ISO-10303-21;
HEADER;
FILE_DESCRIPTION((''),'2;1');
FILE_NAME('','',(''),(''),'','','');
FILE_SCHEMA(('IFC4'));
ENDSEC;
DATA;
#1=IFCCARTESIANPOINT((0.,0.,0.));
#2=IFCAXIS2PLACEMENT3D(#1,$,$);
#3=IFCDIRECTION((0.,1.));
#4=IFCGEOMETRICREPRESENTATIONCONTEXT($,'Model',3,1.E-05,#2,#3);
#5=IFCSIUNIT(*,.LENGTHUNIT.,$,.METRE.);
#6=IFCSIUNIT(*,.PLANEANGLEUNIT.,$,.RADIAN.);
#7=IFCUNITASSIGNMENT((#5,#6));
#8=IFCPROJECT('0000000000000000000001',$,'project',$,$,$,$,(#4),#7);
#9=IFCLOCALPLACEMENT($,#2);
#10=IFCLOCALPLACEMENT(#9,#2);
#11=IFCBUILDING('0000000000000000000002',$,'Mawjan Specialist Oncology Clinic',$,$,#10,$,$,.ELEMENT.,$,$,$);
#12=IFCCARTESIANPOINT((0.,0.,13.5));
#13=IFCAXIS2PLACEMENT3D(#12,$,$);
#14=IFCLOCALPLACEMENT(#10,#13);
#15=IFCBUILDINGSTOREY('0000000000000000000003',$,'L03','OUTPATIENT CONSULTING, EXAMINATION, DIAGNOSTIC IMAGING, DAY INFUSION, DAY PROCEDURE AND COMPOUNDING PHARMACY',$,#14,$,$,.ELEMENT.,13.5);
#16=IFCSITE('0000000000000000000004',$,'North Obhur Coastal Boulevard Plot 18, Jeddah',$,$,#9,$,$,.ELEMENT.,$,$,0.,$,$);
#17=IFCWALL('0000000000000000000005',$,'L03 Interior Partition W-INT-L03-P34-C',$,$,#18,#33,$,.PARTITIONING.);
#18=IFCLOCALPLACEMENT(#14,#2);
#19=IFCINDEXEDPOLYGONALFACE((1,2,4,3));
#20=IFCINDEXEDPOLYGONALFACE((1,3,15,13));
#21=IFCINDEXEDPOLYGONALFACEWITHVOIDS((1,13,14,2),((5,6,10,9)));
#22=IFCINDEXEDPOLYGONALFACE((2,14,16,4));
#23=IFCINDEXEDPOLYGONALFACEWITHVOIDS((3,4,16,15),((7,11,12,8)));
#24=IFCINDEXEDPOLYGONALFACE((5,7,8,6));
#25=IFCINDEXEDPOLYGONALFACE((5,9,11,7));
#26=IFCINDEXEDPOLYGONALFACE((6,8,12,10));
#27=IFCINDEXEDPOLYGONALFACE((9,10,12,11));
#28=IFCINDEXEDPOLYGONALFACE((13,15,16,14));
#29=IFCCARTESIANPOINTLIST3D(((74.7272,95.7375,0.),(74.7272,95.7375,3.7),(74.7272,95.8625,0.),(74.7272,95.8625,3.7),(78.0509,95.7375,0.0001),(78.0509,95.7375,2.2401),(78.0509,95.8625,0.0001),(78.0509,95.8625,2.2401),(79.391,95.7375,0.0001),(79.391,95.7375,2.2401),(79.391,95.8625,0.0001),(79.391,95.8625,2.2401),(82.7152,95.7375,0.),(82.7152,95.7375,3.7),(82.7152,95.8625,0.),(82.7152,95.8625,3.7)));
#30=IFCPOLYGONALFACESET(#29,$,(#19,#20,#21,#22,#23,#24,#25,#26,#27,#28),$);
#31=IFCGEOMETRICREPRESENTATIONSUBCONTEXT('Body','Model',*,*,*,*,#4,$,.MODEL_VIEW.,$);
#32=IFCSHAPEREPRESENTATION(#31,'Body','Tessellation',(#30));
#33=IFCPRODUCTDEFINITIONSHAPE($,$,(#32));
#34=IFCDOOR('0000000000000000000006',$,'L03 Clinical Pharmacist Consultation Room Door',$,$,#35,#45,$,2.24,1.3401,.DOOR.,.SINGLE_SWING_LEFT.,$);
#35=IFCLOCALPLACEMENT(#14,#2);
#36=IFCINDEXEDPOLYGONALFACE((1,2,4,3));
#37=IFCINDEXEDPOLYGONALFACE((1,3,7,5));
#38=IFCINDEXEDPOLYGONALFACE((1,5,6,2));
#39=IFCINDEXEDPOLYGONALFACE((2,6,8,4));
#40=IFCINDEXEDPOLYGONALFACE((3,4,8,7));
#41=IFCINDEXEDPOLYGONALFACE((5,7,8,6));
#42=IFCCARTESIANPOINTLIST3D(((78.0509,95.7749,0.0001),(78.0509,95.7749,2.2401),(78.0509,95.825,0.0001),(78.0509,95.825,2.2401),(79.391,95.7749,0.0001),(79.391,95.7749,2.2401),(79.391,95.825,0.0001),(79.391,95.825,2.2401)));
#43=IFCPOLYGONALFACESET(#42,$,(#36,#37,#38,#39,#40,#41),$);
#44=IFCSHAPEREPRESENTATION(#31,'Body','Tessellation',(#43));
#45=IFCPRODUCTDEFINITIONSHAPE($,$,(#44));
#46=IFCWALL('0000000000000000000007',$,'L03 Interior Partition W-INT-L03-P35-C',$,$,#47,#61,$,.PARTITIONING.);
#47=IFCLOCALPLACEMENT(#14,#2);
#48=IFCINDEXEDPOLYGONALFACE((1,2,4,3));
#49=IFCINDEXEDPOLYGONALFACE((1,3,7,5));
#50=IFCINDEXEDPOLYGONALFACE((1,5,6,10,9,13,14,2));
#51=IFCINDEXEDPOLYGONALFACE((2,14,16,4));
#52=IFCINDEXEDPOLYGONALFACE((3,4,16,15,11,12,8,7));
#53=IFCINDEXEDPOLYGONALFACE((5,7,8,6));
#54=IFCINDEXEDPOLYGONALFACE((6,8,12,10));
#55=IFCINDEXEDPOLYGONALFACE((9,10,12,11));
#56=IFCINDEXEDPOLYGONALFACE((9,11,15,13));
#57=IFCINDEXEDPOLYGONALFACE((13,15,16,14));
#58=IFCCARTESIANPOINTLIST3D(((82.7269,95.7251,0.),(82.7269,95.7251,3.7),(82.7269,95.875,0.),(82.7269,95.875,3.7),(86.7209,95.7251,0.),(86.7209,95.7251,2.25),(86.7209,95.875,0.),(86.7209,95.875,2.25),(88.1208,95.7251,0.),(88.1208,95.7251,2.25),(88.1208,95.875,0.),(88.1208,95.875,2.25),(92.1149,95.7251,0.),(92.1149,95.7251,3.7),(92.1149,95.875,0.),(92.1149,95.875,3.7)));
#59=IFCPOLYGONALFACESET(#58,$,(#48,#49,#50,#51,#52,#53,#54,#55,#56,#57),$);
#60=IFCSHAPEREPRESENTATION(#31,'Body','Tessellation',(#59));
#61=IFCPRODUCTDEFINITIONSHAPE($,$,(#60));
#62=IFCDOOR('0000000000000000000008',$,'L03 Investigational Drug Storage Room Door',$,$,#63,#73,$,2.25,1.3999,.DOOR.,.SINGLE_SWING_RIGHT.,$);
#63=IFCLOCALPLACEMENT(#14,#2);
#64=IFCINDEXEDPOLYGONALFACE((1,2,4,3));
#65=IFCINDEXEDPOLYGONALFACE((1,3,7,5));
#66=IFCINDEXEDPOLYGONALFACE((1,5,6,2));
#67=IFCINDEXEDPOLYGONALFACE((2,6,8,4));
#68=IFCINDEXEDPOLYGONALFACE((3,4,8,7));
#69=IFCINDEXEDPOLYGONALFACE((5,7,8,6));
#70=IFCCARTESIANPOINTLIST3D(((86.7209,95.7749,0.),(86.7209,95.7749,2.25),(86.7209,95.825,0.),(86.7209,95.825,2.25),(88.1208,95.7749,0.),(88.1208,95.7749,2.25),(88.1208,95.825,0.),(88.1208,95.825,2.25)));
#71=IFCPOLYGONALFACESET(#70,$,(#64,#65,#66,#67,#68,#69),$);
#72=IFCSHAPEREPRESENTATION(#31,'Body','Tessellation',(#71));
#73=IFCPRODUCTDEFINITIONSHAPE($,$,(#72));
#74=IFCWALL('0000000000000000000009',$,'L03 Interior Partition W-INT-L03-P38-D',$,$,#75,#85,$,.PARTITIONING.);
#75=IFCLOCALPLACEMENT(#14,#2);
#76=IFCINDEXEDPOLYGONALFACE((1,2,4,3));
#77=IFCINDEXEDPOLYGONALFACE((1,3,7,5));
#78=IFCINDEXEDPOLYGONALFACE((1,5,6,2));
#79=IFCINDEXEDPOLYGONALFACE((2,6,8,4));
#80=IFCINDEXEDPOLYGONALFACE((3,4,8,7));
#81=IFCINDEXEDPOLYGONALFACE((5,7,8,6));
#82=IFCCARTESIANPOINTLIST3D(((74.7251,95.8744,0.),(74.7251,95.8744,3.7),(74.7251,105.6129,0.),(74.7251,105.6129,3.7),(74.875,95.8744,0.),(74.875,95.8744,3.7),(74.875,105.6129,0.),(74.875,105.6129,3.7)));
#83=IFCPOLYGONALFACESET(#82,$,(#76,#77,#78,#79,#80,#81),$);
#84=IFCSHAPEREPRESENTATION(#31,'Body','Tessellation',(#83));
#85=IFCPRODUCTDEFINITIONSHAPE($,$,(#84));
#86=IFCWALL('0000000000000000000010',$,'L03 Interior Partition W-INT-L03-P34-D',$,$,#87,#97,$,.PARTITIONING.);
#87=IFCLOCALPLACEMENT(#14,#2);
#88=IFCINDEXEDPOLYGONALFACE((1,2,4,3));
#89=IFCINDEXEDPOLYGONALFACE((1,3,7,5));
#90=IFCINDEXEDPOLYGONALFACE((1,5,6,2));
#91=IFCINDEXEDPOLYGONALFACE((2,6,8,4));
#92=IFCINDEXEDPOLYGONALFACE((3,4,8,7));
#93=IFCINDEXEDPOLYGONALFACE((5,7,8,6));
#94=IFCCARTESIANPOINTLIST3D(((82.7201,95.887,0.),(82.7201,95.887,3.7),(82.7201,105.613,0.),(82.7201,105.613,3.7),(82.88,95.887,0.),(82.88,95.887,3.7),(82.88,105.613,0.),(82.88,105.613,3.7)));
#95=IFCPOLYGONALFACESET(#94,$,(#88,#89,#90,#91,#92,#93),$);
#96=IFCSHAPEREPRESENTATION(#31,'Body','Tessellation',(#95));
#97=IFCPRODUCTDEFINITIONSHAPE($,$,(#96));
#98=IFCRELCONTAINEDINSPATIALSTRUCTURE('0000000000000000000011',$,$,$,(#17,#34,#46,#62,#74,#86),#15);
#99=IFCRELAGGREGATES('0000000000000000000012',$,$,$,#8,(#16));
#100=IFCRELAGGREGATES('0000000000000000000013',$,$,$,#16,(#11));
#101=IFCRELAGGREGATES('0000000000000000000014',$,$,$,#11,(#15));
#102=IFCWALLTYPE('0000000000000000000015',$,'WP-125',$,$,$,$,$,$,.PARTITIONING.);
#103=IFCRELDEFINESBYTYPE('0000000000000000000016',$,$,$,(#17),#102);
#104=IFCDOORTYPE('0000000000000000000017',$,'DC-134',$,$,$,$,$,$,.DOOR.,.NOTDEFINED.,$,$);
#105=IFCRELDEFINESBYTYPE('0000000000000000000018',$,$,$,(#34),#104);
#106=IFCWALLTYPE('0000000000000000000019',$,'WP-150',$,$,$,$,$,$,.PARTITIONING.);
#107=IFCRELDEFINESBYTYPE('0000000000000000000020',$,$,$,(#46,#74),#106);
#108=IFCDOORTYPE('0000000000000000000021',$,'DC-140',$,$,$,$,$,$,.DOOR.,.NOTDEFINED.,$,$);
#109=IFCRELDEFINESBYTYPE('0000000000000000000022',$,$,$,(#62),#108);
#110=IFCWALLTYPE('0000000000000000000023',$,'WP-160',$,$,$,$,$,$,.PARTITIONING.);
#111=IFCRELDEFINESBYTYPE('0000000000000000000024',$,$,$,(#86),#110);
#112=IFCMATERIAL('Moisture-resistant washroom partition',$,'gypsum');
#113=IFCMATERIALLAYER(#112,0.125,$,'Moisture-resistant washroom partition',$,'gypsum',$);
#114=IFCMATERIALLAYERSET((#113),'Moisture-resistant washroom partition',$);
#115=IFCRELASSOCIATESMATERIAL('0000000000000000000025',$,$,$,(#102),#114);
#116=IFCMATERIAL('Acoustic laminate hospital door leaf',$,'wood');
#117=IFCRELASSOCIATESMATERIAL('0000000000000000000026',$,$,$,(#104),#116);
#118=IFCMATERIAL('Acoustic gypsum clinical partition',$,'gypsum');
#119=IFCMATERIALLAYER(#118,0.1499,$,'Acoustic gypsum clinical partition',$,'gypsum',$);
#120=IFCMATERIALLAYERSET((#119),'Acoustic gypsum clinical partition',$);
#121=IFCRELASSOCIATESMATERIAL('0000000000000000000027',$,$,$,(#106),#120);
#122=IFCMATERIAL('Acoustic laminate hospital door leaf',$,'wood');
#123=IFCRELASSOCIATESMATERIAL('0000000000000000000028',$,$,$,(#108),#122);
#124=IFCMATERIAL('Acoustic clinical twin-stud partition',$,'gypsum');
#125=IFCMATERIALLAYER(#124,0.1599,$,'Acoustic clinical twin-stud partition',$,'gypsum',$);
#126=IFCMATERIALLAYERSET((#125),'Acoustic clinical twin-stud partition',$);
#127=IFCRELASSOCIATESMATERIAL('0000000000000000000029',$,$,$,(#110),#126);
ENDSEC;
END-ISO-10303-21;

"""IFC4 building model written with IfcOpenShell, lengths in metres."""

from ifc_helpers import new_model, si_unit, direction, frame, frame_2d, origin, place, context, subcontext, project, spatial, rectangle, extrude, material, layer, layer_set, type_object, element, fill, save


model = new_model("IFC4")

# Units and contexts
model_context = context("Model", 3, precision=1e-05, world=origin(), true_north=direction((0.0, 1.0)))
body_context = subcontext(model_context, "Body", "Model", "MODEL_VIEW")
ifc_project = project(units=[si_unit("LENGTHUNIT", "METRE"), si_unit("PLANEANGLEUNIT", "RADIAN")], contexts=[model_context])

# Site, building, storey
site_placement = place(None, origin())
site = spatial("IfcSite", under=ifc_project, at=site_placement, Name="North Obhur Coastal Boulevard Plot 18, Jeddah", CompositionType="ELEMENT", RefElevation=0.0)
building_placement = place(site_placement, origin())
building = spatial("IfcBuilding", under=site, at=building_placement, Name="Mawjan Specialist Oncology Clinic", CompositionType="ELEMENT")
storey_placement = place(building_placement, frame((0.0, 0.0, 13.5)))
storey = spatial("IfcBuildingStorey", under=building, at=storey_placement, Name="L03", Description="OUTPATIENT CONSULTING, EXAMINATION, DIAGNOSTIC IMAGING, DAY INFUSION, DAY PROCEDURE AND COMPOUNDING PHARMACY", CompositionType="ELEMENT", Elevation=13.5)

# Walls, openings, doors
ifc_material_1 = material(Name="Moisture-resistant washroom partition", Category="gypsum")
ifc_layer_1 = layer(ifc_material_1, 0.125, Name="Moisture-resistant washroom partition", Category="gypsum")
ifc_layer_set_1 = layer_set([ifc_layer_1], Name="Moisture-resistant washroom partition")
wall_type_1 = type_object("IfcWallType", Name="WP-125", PredefinedType="PARTITIONING", material=ifc_layer_set_1)
wall_1_placement = place(storey_placement, frame((74.7271, 95.8, 0.0), z_axis=(0.0, 0.0, 1.0), x_axis=(1.0, 0.0, 0.0)))
wall_1 = element("IfcWall", 1, at=wall_1_placement, inside=storey, type_object=wall_type_1, Name="L03 Interior Partition W-INT-L03-P34-C", PredefinedType="PARTITIONING", context=body_context, shape_type="SweptSolid", body=[
    extrude(rectangle(XDim=7.988, YDim=0.125, at=frame_2d((3.9941, 0.0))), origin(), (0.0, 0.0, 1.0), 3.7),
])
opening_1_placement = place(wall_1_placement, frame((3.324, 0.0, 0.0)))
opening_1 = element("IfcOpeningElement", 2, at=opening_1_placement, cuts=wall_1, PredefinedType="OPENING", context=body_context, shape_type="SweptSolid", body=[
    extrude(rectangle(XDim=1.3401, YDim=2.24, at=frame_2d((0.6699, 1.1201))), frame((0.0, 0.0745, 0.0), z_axis=(0.0, -1.0, 0.0), x_axis=(1.0, 0.0, 0.0)), (0.0, 0.0, 1.0), 0.1489),
])
ifc_material_2 = material(Name="Acoustic laminate hospital door leaf", Category="wood")
door_type_1 = type_object("IfcDoorType", Name="DC-134", OperationType="NOTDEFINED", PredefinedType="DOOR", material=ifc_material_2)
door_1_placement = place(opening_1_placement, origin())
door_1 = element("IfcDoor", 3, at=door_1_placement, inside=storey, type_object=door_type_1, Name="L03 Clinical Pharmacist Consultation Room Door", OperationType="SINGLE_SWING_LEFT", OverallHeight=2.24, OverallWidth=1.3401, PredefinedType="DOOR", context=body_context, shape_type="SweptSolid", body=[
    extrude(rectangle(XDim=1.3401, YDim=2.24, at=frame_2d((0.6699, 1.1201))), frame((0.0, 0.0249, 0.0), z_axis=(0.0, -1.0, 0.0), x_axis=(1.0, 0.0, 0.0)), (0.0, 0.0, 1.0), 0.05),
])
fill(opening_1, door_1)
ifc_material_3 = material(Name="Acoustic gypsum clinical partition", Category="gypsum")
ifc_layer_2 = layer(ifc_material_3, 0.1499, Name="Acoustic gypsum clinical partition", Category="gypsum")
ifc_layer_set_2 = layer_set([ifc_layer_2], Name="Acoustic gypsum clinical partition")
wall_type_2 = type_object("IfcWallType", Name="WP-150", PredefinedType="PARTITIONING", material=ifc_layer_set_2)
wall_2_placement = place(storey_placement, frame((82.7271, 95.8, 0.0), z_axis=(0.0, 0.0, 1.0), x_axis=(1.0, 0.0, 0.0)))
wall_2 = element("IfcWall", 4, at=wall_2_placement, inside=storey, type_object=wall_type_2, Name="L03 Interior Partition W-INT-L03-P35-C", PredefinedType="PARTITIONING", context=body_context, shape_type="SweptSolid", body=[
    extrude(rectangle(XDim=9.3879, YDim=0.1499, at=frame_2d((4.6938, 0.0))), origin(), (0.0, 0.0, 1.0), 3.7),
])
opening_2_placement = place(wall_2_placement, frame((3.9939, 0.0, 0.0)))
opening_2 = element("IfcOpeningElement", 5, at=opening_2_placement, cuts=wall_2, PredefinedType="OPENING", context=body_context, shape_type="SweptSolid", body=[
    extrude(rectangle(XDim=1.3999, YDim=2.25, at=frame_2d((0.7, 1.125))), frame((0.0, 0.0869, 0.0), z_axis=(0.0, -1.0, 0.0), x_axis=(1.0, 0.0, 0.0)), (0.0, 0.0, 1.0), 0.1738),
])
ifc_material_4 = material(Name="Acoustic laminate hospital door leaf", Category="wood")
door_type_2 = type_object("IfcDoorType", Name="DC-140", OperationType="NOTDEFINED", PredefinedType="DOOR", material=ifc_material_4)
door_2_placement = place(opening_2_placement, origin())
door_2 = element("IfcDoor", 6, at=door_2_placement, inside=storey, type_object=door_type_2, Name="L03 Investigational Drug Storage Room Door", OperationType="SINGLE_SWING_RIGHT", OverallHeight=2.25, OverallWidth=1.3999, PredefinedType="DOOR", context=body_context, shape_type="SweptSolid", body=[
    extrude(rectangle(XDim=1.3999, YDim=2.25, at=frame_2d((0.7, 1.125))), frame((0.0, 0.0249, 0.0), z_axis=(0.0, -1.0, 0.0), x_axis=(1.0, 0.0, 0.0)), (0.0, 0.0, 1.0), 0.05),
])
fill(opening_2, door_2)

# Walls
wall_3_placement = place(storey_placement, frame((74.8, 95.8745, 0.0), z_axis=(0.0, 0.0, 1.0), x_axis=(0.0, 1.0, 0.0)))
element("IfcWall", 7, at=wall_3_placement, inside=storey, type_object=wall_type_2, Name="L03 Interior Partition W-INT-L03-P38-D", PredefinedType="PARTITIONING", context=body_context, shape_type="SweptSolid", body=[
    extrude(rectangle(XDim=9.7385, YDim=0.1499, at=frame_2d((4.8691, 0.0))), origin(), (0.0, 0.0, 1.0), 3.7),
])
ifc_material_5 = material(Name="Acoustic clinical twin-stud partition", Category="gypsum")
ifc_layer_3 = layer(ifc_material_5, 0.1599, Name="Acoustic clinical twin-stud partition", Category="gypsum")
ifc_layer_set_3 = layer_set([ifc_layer_3], Name="Acoustic clinical twin-stud partition")
wall_type_3 = type_object("IfcWallType", Name="WP-160", PredefinedType="PARTITIONING", material=ifc_layer_set_3)
wall_4_placement = place(storey_placement, frame((82.8, 95.887, 0.0), z_axis=(0.0, 0.0, 1.0), x_axis=(0.0, 1.0, 0.0)))
element("IfcWall", 8, at=wall_4_placement, inside=storey, type_object=wall_type_3, Name="L03 Interior Partition W-INT-L03-P34-D", PredefinedType="PARTITIONING", context=body_context, shape_type="SweptSolid", body=[
    extrude(rectangle(XDim=9.7261, YDim=0.1599, at=frame_2d((4.863, 0.0))), origin(), (0.0, 0.0, 1.0), 3.7),
])

save(model, "model.ifc")
